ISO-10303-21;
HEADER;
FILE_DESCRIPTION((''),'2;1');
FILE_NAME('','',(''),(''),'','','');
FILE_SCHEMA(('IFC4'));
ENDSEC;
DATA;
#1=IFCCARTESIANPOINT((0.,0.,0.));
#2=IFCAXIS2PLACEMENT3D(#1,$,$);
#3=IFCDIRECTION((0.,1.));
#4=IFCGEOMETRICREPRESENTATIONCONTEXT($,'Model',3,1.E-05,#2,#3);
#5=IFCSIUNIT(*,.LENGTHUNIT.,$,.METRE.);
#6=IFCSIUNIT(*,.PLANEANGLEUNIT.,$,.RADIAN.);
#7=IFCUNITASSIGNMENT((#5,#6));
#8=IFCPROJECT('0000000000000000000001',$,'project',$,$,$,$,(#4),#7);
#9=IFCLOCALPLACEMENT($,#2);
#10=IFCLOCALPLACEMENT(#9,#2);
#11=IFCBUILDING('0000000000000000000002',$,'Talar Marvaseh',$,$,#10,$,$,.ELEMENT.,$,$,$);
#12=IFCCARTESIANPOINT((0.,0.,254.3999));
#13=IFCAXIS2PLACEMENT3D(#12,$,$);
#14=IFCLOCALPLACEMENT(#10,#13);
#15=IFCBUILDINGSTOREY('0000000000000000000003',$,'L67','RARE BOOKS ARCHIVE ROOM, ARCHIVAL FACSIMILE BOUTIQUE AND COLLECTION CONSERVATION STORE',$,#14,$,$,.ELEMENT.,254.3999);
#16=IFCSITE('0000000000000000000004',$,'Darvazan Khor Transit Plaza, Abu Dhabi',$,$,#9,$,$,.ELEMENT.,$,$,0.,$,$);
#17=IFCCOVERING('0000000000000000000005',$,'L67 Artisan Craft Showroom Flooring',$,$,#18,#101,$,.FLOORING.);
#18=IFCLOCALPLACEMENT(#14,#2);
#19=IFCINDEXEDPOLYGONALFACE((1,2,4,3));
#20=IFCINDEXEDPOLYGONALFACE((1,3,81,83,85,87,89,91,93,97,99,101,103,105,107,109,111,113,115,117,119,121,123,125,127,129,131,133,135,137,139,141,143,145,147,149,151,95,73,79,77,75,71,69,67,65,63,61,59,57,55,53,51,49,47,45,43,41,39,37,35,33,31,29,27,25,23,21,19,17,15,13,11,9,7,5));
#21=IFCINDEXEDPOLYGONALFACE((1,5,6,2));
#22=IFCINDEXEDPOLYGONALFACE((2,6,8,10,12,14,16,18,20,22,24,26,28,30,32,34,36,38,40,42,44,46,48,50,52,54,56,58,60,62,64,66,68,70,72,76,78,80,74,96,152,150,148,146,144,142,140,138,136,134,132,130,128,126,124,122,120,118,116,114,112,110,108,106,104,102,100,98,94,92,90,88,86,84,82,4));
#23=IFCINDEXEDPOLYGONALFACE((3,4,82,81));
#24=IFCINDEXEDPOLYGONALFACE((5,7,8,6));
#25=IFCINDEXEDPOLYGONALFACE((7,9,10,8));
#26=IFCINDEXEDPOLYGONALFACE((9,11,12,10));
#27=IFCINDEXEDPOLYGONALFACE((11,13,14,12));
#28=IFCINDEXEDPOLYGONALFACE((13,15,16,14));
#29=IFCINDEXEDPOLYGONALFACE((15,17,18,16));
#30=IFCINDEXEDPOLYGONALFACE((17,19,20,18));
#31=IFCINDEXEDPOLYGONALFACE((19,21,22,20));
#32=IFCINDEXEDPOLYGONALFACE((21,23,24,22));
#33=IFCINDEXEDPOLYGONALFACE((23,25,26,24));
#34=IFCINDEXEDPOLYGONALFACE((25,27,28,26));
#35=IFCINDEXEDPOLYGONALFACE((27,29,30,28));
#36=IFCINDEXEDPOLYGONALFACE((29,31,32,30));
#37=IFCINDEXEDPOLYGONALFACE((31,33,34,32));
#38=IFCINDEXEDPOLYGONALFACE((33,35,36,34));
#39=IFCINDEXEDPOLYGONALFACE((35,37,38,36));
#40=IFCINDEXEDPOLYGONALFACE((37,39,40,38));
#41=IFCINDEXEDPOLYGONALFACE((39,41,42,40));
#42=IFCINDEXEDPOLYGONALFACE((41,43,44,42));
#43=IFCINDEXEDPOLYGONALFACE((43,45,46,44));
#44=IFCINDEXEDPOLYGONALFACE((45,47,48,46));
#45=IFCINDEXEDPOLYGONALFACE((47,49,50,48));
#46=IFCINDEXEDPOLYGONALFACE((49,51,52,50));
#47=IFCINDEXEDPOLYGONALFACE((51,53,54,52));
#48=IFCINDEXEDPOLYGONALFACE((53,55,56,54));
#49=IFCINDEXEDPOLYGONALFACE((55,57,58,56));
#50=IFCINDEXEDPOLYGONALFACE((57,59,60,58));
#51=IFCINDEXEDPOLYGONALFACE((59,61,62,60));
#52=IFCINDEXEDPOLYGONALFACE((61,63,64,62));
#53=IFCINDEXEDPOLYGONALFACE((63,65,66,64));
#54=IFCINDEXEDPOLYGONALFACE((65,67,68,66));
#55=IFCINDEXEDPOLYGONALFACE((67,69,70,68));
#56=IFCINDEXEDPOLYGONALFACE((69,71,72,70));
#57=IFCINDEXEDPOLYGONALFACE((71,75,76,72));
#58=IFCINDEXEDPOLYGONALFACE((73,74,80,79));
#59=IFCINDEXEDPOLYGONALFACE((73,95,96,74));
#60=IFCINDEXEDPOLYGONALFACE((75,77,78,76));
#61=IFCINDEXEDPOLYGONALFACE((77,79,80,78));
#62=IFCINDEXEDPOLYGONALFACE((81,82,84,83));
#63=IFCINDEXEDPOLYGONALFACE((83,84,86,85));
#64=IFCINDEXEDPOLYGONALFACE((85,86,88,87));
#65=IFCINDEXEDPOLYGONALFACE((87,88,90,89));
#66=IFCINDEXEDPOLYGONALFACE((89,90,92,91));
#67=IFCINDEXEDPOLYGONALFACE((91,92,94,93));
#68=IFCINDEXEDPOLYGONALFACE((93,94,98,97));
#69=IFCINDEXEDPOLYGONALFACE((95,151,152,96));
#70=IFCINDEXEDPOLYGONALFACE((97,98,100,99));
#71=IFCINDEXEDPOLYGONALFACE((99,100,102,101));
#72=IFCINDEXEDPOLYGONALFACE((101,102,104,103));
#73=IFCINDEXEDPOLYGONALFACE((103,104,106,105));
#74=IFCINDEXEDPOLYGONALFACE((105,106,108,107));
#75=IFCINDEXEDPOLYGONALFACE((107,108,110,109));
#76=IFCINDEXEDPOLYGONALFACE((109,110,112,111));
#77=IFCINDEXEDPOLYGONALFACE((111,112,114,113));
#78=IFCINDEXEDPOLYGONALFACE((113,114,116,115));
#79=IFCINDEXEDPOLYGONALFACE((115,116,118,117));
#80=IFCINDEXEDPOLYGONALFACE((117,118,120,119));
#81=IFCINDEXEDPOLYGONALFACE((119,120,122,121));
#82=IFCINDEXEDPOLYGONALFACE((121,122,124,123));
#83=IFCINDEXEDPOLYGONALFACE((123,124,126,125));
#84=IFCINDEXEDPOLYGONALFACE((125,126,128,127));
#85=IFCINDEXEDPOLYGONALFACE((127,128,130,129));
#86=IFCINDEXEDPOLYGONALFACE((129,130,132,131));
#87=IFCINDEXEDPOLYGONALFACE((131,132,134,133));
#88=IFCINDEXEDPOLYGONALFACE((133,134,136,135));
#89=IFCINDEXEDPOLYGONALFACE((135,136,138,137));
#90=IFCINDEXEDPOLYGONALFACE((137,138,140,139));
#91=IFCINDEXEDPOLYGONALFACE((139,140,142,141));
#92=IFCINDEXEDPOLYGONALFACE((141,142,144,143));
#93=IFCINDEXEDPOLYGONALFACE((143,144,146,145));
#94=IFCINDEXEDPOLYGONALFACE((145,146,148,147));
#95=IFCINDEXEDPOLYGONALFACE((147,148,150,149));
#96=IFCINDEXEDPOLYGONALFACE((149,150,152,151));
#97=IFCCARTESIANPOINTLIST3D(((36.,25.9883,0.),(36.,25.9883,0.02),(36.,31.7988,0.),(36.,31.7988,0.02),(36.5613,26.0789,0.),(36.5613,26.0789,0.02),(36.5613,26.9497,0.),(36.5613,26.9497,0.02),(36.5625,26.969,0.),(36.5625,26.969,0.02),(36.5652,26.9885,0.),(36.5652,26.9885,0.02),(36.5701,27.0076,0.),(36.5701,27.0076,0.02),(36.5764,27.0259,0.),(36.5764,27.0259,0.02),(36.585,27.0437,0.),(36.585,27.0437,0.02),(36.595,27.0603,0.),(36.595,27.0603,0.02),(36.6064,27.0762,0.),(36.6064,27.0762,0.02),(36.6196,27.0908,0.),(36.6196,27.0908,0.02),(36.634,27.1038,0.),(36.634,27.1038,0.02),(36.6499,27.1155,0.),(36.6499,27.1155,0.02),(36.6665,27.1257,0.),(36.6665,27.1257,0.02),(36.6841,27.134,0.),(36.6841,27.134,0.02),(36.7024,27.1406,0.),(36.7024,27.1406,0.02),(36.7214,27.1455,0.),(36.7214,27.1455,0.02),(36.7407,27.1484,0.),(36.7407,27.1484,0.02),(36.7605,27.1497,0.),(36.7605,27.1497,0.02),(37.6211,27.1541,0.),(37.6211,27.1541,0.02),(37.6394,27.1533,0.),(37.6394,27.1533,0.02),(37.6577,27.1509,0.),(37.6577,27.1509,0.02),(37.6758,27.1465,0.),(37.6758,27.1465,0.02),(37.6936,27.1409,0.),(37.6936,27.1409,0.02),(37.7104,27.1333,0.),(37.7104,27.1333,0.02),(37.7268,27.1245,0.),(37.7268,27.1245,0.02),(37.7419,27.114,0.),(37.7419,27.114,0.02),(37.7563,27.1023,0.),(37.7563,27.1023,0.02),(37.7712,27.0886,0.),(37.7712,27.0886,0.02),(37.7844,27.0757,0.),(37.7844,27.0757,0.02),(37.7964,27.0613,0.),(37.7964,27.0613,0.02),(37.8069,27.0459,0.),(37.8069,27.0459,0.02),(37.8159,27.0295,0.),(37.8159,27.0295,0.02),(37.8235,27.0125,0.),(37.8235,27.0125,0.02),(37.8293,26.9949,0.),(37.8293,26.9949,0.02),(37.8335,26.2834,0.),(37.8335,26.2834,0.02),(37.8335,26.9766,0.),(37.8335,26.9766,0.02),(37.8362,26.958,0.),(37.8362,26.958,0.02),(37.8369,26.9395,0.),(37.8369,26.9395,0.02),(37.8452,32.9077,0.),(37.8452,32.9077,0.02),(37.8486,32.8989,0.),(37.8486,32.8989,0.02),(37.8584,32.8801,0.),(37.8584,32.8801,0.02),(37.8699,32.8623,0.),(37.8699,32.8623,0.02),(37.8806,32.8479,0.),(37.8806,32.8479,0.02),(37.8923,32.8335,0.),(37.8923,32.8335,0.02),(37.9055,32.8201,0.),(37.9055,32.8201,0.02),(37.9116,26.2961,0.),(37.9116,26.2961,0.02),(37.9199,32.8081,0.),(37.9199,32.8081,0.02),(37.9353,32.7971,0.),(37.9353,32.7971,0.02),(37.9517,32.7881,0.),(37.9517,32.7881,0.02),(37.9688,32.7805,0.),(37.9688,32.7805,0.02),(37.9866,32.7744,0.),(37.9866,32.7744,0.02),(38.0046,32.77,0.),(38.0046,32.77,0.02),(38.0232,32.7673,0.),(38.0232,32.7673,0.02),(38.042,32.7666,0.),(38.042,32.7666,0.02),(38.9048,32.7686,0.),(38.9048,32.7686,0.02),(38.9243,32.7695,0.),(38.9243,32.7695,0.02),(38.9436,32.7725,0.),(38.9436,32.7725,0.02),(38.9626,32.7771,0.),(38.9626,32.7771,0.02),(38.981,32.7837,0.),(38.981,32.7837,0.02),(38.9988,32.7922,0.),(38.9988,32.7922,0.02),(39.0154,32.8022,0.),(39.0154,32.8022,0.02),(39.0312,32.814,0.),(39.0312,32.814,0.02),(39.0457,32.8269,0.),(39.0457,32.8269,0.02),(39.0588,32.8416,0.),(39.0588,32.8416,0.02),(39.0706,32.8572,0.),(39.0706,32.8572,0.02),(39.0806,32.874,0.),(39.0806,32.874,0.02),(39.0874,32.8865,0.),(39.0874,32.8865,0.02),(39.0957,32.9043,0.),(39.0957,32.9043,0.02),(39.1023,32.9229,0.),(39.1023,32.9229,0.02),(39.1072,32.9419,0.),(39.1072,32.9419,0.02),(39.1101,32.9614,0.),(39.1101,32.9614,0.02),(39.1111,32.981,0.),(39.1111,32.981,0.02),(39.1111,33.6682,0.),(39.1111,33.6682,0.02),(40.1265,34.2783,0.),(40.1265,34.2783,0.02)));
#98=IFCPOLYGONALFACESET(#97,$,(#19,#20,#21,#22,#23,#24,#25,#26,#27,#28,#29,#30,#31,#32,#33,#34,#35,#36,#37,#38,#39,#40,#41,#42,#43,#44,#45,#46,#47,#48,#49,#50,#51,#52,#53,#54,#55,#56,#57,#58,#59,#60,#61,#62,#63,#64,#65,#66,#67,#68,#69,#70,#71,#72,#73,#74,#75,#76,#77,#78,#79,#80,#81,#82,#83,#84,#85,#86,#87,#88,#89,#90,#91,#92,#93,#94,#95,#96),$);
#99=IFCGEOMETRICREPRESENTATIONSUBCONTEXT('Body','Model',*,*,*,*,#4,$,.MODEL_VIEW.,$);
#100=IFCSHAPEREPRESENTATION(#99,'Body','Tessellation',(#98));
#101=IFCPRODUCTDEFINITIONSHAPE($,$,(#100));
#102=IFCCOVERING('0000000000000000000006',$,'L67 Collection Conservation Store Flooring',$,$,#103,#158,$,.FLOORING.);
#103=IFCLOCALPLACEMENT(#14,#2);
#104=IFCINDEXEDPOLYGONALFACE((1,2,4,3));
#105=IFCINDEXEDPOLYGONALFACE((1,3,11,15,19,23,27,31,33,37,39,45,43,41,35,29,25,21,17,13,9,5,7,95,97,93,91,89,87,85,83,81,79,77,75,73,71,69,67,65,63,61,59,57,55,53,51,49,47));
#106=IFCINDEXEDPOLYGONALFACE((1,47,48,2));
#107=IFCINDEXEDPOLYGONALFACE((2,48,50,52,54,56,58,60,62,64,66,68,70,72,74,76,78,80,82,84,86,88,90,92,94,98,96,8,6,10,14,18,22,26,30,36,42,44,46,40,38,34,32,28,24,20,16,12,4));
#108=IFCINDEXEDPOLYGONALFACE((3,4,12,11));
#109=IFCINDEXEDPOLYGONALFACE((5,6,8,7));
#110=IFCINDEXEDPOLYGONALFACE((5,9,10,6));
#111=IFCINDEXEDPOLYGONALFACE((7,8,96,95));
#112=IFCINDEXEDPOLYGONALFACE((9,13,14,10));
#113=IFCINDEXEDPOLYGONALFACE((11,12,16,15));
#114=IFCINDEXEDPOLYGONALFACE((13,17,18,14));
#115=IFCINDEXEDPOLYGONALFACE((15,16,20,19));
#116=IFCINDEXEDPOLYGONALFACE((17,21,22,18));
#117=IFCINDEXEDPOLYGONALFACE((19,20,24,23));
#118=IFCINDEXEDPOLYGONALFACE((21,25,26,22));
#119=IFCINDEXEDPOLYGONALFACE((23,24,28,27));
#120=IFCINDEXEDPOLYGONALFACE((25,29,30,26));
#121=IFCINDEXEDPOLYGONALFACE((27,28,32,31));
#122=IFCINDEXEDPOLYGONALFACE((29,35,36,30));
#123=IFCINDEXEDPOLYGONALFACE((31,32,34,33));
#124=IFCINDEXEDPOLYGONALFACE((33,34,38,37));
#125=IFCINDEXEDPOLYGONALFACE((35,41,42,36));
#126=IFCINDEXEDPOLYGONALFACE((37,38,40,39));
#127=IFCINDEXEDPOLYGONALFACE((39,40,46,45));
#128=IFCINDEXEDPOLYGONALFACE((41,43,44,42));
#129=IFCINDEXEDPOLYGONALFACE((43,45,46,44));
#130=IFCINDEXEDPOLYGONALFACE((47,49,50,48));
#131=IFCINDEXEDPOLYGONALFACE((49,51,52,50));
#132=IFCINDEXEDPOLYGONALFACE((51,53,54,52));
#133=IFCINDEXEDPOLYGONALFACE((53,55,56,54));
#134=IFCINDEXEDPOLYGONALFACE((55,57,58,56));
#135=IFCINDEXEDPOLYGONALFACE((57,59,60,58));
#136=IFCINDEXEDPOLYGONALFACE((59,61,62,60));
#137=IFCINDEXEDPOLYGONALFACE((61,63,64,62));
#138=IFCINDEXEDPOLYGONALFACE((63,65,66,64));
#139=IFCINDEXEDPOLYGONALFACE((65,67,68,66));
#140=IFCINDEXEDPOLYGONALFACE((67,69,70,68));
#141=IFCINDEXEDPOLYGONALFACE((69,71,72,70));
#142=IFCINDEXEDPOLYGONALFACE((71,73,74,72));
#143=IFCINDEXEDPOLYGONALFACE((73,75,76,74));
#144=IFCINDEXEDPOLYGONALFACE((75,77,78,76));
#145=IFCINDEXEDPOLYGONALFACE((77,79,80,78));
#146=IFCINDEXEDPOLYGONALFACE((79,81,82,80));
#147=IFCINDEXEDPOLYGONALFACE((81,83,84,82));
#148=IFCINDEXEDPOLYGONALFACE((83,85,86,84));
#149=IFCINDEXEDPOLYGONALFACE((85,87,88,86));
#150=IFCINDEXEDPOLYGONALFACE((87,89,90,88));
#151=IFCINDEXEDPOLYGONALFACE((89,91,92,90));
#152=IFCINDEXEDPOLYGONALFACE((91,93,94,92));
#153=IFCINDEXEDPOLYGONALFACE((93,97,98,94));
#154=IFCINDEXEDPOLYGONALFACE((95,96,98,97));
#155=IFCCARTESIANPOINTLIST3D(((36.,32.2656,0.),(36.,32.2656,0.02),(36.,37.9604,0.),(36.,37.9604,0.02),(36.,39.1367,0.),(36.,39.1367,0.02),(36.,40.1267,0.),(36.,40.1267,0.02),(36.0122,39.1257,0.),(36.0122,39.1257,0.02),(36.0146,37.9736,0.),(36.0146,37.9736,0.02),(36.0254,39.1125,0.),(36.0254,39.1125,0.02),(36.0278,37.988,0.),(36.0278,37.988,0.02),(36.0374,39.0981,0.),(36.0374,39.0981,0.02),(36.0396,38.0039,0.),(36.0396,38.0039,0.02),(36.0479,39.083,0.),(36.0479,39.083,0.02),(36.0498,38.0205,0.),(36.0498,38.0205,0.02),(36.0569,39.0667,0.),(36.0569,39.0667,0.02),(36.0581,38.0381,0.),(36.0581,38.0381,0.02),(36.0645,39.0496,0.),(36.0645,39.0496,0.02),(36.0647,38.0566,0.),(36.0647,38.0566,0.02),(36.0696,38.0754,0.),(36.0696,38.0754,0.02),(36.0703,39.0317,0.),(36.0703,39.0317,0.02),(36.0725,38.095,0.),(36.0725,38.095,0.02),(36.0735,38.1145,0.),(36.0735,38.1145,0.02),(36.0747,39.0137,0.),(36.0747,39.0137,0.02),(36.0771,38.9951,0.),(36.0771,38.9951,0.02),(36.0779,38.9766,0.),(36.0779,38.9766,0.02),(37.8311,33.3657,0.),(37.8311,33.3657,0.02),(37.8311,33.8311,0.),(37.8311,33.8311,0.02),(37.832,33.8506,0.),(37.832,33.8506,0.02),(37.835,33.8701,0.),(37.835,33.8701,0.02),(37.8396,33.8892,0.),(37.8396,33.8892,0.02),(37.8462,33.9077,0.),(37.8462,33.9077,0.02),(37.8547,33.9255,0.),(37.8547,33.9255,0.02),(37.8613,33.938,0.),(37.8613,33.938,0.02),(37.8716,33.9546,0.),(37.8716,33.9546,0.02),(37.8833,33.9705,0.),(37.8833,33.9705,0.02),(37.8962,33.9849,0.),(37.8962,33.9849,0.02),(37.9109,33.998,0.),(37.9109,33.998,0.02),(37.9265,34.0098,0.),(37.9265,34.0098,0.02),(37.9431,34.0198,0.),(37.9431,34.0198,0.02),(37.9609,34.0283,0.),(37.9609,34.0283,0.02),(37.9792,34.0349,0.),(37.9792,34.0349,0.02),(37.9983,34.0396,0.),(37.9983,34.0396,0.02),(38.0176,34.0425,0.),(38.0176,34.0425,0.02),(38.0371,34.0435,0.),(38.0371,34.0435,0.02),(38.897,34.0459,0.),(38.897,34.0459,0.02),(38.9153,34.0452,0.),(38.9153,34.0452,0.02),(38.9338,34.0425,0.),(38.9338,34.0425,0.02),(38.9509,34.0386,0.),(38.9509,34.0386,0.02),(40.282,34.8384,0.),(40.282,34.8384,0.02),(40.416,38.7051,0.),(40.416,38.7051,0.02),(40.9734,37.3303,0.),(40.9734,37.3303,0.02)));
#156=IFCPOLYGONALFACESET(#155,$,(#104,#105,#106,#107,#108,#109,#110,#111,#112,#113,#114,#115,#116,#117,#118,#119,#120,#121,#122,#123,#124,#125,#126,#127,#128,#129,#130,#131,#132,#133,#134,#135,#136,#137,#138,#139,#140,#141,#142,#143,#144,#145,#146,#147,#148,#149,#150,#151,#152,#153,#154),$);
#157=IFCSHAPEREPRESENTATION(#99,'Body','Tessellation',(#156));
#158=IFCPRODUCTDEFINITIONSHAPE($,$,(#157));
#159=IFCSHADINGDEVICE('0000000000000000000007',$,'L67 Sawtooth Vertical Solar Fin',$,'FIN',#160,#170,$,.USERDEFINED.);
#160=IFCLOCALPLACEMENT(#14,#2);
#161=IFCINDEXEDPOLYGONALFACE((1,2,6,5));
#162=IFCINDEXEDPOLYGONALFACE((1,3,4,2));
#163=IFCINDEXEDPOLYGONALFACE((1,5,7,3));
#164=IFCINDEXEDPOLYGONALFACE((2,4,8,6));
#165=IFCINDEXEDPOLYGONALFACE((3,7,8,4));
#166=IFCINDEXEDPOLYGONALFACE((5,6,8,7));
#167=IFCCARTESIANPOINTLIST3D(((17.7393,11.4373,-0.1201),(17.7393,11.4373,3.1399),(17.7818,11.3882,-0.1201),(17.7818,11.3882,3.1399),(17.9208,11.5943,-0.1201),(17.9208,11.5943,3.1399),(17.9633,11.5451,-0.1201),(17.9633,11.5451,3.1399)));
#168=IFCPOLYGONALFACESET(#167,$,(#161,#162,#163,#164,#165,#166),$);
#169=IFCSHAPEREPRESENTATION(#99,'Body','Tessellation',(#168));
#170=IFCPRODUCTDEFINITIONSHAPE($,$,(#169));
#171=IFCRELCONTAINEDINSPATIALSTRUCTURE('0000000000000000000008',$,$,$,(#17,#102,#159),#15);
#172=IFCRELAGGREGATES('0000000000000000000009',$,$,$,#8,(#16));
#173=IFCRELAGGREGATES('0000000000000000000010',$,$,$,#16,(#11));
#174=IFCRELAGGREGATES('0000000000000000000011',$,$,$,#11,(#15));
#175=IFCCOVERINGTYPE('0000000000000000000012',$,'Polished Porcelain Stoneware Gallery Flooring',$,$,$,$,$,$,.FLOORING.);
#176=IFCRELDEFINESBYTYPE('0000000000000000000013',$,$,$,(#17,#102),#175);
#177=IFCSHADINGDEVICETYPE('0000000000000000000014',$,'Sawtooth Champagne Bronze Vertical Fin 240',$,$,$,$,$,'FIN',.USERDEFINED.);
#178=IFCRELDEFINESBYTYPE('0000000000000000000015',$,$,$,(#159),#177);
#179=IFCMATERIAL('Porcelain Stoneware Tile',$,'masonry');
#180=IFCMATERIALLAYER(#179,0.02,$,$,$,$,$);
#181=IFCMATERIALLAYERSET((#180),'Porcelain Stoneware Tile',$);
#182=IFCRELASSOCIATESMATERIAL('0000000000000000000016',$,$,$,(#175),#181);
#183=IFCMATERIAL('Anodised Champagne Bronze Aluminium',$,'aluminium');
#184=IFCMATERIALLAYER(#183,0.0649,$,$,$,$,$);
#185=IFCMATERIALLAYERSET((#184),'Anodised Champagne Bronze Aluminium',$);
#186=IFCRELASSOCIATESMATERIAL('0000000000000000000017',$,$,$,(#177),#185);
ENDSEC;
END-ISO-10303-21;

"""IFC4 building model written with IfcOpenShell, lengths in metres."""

from ifc_helpers import new_model, si_unit, direction, frame, origin, origin_2d, place, context, subcontext, project, spatial, polyline, rectangle, outline, extrude, source, transform, mapped, material, layer, layer_set, type_object, type_shapes, element, save


model = new_model("IFC4")

# Units and contexts
model_context = context("Model", 3, precision=1e-05, world=origin(), true_north=direction((0.0, 1.0)))
body_context = subcontext(model_context, "Body", "Model", "MODEL_VIEW")
ifc_project = project(units=[si_unit("LENGTHUNIT", "METRE"), si_unit("PLANEANGLEUNIT", "RADIAN")], contexts=[model_context])

# Site, building, storey
site_placement = place(None, origin())
site = spatial("IfcSite", under=ifc_project, at=site_placement, Name="Darvazan Khor Transit Plaza, Abu Dhabi", CompositionType="ELEMENT", RefElevation=0.0)
building_placement = place(site_placement, origin())
building = spatial("IfcBuilding", under=site, at=building_placement, Name="Talar Marvaseh", CompositionType="ELEMENT")
storey_placement = place(building_placement, frame((0.0, 0.0, 254.3999)))
storey = spatial("IfcBuildingStorey", under=building, at=storey_placement, Name="L67", Description="RARE BOOKS ARCHIVE ROOM, ARCHIVAL FACSIMILE BOUTIQUE AND COLLECTION CONSERVATION STORE", CompositionType="ELEMENT", Elevation=254.3999)

# Coverings
ifc_material_1 = material(Name="Porcelain Stoneware Tile", Category="masonry")
ifc_layer_1 = layer(ifc_material_1, 0.02)
ifc_layer_set_1 = layer_set([ifc_layer_1], Name="Porcelain Stoneware Tile")
covering_type_1 = type_object("IfcCoveringType", Name="Polished Porcelain Stoneware Gallery Flooring", PredefinedType="FLOORING", material=ifc_layer_set_1)
covering_1_placement = place(storey_placement, origin())
element("IfcCovering", 1, at=covering_1_placement, inside=storey, type_object=covering_type_1, Name="L67 Artisan Craft Showroom Flooring", PredefinedType="FLOORING", context=body_context, shape_type="SweptSolid", body=[
    extrude(outline(polyline([(37.8486, 32.8989), (37.8584, 32.8801), (37.8699, 32.8623), (37.8806, 32.8479), (37.8923, 32.8335), (37.9055, 32.8201), (37.9199, 32.8081), (37.9353, 32.7971), (37.9517, 32.7881), (37.9688, 32.7805), (37.9866, 32.7744), (38.0046, 32.77), (38.0232, 32.7673), (38.042, 32.7666), (38.9048, 32.7686), (38.9243, 32.7695), (38.9436, 32.7725), (38.9626, 32.7771), (38.981, 32.7837), (38.9988, 32.7922), (39.0154, 32.8022), (39.0312, 32.814), (39.0457, 32.8269), (39.0588, 32.8416), (39.0706, 32.8572), (39.0806, 32.874), (39.0874, 32.8865), (39.0957, 32.9043), (39.1023, 32.9229), (39.1072, 32.9419), (39.1101, 32.9614), (39.1111, 32.981), (39.1111, 33.6682), (40.1265, 34.2783), (37.9116, 26.2961), (37.8335, 26.2834), (37.8369, 26.9395), (37.8362, 26.958), (37.8335, 26.9766), (37.8293, 26.9949), (37.8235, 27.0125), (37.8159, 27.0295), (37.8069, 27.0459), (37.7964, 27.0613), (37.7844, 27.0757), (37.7712, 27.0886), (37.7563, 27.1023), (37.7419, 27.114), (37.7268, 27.1245), (37.7104, 27.1333), (37.6936, 27.1409), (37.6758, 27.1465), (37.6577, 27.1509), (37.6394, 27.1533), (37.6211, 27.1541), (36.7605, 27.1497), (36.7407, 27.1484), (36.7214, 27.1455), (36.7024, 27.1406), (36.6841, 27.134), (36.6665, 27.1257), (36.6499, 27.1155), (36.634, 27.1038), (36.6196, 27.0908), (36.6064, 27.0762), (36.595, 27.0603), (36.585, 27.0437), (36.5764, 27.0259), (36.5701, 27.0076), (36.5652, 26.9885), (36.5625, 26.969), (36.5613, 26.9497), (36.5613, 26.0789), (36.0, 25.9883), (36.0, 31.7988), (37.8452, 32.9077), (37.8486, 32.8989)])), origin(), (0.0, 0.0, 1.0), 0.02),
])
covering_2_placement = place(storey_placement, origin())
element("IfcCovering", 2, at=covering_2_placement, inside=storey, type_object=covering_type_1, Name="L67 Collection Conservation Store Flooring", PredefinedType="FLOORING", context=body_context, shape_type="SweptSolid", body=[
    extrude(outline(polyline([(38.9153, 34.0452), (38.897, 34.0459), (38.0371, 34.0435), (38.0176, 34.0425), (37.9983, 34.0396), (37.9792, 34.0349), (37.9609, 34.0283), (37.9431, 34.0198), (37.9265, 34.0098), (37.9109, 33.998), (37.8962, 33.9849), (37.8833, 33.9705), (37.8716, 33.9546), (37.8613, 33.938), (37.8547, 33.9255), (37.8462, 33.9077), (37.8396, 33.8892), (37.835, 33.8701), (37.832, 33.8506), (37.8311, 33.8311), (37.8311, 33.3657), (36.0, 32.2656), (36.0, 37.9604), (36.0, 37.9604), (36.0146, 37.9736), (36.0278, 37.988), (36.0396, 38.0039), (36.0498, 38.0205), (36.0581, 38.0381), (36.0647, 38.0566), (36.0696, 38.0754), (36.0725, 38.095), (36.0735, 38.1145), (36.0779, 38.9766), (36.0771, 38.9951), (36.0747, 39.0137), (36.0703, 39.0317), (36.0645, 39.0496), (36.0569, 39.0667), (36.0479, 39.083), (36.0374, 39.0981), (36.0254, 39.1125), (36.0122, 39.1257), (36.0, 39.1367), (36.0, 40.1267), (40.416, 38.7051), (40.9734, 37.3303), (40.282, 34.8384), (38.9509, 34.0386), (38.9338, 34.0425), (38.9153, 34.0452)])), origin(), (0.0, 0.0, 1.0), 0.02),
])

# Shading device
ifc_material_2 = material(Name="Anodised Champagne Bronze Aluminium", Category="aluminium")
ifc_layer_2 = layer(ifc_material_2, 0.0649)
ifc_layer_set_2 = layer_set([ifc_layer_2], Name="Anodised Champagne Bronze Aluminium")
shading_device_type_1 = type_object("IfcShadingDeviceType", Name="Sawtooth Champagne Bronze Vertical Fin 240", ElementType="FIN", PredefinedType="USERDEFINED", material=ifc_layer_set_2)
shared_shape_1 = source(origin(), body_context, "Body", "SweptSolid", [
    extrude(rectangle(XDim=0.24, YDim=0.0649, at=origin_2d()), origin(), (0.0, 0.0, 1.0), 3.26),
])
type_shapes(shading_device_type_1, [shared_shape_1])
for number, where, z_axis, x_axis, name in (
    (3, (17.8513, 11.4912, -0.1201), (0.0, 0.0, 1.0), (-0.756425, -0.654081, 0.0), "L67 Sawtooth Vertical Solar Fin"),
):
    element("IfcShadingDevice", number, at=place(storey_placement, frame(where, z_axis=z_axis, x_axis=x_axis)), inside=storey, type_object=shading_device_type_1, Name=name, ObjectType="FIN", PredefinedType="USERDEFINED", context=body_context, shape_type="MappedRepresentation", body=[
        mapped(shared_shape_1, transform((0.0, 0.0, 0.0), x_axis=(1.0, 0.0, 0.0), y_axis=(0.0, 1.0, 0.0), z_axis=(0.0, 0.0, 1.0), scale=1.0)),
    ])

save(model, "model.ifc")
